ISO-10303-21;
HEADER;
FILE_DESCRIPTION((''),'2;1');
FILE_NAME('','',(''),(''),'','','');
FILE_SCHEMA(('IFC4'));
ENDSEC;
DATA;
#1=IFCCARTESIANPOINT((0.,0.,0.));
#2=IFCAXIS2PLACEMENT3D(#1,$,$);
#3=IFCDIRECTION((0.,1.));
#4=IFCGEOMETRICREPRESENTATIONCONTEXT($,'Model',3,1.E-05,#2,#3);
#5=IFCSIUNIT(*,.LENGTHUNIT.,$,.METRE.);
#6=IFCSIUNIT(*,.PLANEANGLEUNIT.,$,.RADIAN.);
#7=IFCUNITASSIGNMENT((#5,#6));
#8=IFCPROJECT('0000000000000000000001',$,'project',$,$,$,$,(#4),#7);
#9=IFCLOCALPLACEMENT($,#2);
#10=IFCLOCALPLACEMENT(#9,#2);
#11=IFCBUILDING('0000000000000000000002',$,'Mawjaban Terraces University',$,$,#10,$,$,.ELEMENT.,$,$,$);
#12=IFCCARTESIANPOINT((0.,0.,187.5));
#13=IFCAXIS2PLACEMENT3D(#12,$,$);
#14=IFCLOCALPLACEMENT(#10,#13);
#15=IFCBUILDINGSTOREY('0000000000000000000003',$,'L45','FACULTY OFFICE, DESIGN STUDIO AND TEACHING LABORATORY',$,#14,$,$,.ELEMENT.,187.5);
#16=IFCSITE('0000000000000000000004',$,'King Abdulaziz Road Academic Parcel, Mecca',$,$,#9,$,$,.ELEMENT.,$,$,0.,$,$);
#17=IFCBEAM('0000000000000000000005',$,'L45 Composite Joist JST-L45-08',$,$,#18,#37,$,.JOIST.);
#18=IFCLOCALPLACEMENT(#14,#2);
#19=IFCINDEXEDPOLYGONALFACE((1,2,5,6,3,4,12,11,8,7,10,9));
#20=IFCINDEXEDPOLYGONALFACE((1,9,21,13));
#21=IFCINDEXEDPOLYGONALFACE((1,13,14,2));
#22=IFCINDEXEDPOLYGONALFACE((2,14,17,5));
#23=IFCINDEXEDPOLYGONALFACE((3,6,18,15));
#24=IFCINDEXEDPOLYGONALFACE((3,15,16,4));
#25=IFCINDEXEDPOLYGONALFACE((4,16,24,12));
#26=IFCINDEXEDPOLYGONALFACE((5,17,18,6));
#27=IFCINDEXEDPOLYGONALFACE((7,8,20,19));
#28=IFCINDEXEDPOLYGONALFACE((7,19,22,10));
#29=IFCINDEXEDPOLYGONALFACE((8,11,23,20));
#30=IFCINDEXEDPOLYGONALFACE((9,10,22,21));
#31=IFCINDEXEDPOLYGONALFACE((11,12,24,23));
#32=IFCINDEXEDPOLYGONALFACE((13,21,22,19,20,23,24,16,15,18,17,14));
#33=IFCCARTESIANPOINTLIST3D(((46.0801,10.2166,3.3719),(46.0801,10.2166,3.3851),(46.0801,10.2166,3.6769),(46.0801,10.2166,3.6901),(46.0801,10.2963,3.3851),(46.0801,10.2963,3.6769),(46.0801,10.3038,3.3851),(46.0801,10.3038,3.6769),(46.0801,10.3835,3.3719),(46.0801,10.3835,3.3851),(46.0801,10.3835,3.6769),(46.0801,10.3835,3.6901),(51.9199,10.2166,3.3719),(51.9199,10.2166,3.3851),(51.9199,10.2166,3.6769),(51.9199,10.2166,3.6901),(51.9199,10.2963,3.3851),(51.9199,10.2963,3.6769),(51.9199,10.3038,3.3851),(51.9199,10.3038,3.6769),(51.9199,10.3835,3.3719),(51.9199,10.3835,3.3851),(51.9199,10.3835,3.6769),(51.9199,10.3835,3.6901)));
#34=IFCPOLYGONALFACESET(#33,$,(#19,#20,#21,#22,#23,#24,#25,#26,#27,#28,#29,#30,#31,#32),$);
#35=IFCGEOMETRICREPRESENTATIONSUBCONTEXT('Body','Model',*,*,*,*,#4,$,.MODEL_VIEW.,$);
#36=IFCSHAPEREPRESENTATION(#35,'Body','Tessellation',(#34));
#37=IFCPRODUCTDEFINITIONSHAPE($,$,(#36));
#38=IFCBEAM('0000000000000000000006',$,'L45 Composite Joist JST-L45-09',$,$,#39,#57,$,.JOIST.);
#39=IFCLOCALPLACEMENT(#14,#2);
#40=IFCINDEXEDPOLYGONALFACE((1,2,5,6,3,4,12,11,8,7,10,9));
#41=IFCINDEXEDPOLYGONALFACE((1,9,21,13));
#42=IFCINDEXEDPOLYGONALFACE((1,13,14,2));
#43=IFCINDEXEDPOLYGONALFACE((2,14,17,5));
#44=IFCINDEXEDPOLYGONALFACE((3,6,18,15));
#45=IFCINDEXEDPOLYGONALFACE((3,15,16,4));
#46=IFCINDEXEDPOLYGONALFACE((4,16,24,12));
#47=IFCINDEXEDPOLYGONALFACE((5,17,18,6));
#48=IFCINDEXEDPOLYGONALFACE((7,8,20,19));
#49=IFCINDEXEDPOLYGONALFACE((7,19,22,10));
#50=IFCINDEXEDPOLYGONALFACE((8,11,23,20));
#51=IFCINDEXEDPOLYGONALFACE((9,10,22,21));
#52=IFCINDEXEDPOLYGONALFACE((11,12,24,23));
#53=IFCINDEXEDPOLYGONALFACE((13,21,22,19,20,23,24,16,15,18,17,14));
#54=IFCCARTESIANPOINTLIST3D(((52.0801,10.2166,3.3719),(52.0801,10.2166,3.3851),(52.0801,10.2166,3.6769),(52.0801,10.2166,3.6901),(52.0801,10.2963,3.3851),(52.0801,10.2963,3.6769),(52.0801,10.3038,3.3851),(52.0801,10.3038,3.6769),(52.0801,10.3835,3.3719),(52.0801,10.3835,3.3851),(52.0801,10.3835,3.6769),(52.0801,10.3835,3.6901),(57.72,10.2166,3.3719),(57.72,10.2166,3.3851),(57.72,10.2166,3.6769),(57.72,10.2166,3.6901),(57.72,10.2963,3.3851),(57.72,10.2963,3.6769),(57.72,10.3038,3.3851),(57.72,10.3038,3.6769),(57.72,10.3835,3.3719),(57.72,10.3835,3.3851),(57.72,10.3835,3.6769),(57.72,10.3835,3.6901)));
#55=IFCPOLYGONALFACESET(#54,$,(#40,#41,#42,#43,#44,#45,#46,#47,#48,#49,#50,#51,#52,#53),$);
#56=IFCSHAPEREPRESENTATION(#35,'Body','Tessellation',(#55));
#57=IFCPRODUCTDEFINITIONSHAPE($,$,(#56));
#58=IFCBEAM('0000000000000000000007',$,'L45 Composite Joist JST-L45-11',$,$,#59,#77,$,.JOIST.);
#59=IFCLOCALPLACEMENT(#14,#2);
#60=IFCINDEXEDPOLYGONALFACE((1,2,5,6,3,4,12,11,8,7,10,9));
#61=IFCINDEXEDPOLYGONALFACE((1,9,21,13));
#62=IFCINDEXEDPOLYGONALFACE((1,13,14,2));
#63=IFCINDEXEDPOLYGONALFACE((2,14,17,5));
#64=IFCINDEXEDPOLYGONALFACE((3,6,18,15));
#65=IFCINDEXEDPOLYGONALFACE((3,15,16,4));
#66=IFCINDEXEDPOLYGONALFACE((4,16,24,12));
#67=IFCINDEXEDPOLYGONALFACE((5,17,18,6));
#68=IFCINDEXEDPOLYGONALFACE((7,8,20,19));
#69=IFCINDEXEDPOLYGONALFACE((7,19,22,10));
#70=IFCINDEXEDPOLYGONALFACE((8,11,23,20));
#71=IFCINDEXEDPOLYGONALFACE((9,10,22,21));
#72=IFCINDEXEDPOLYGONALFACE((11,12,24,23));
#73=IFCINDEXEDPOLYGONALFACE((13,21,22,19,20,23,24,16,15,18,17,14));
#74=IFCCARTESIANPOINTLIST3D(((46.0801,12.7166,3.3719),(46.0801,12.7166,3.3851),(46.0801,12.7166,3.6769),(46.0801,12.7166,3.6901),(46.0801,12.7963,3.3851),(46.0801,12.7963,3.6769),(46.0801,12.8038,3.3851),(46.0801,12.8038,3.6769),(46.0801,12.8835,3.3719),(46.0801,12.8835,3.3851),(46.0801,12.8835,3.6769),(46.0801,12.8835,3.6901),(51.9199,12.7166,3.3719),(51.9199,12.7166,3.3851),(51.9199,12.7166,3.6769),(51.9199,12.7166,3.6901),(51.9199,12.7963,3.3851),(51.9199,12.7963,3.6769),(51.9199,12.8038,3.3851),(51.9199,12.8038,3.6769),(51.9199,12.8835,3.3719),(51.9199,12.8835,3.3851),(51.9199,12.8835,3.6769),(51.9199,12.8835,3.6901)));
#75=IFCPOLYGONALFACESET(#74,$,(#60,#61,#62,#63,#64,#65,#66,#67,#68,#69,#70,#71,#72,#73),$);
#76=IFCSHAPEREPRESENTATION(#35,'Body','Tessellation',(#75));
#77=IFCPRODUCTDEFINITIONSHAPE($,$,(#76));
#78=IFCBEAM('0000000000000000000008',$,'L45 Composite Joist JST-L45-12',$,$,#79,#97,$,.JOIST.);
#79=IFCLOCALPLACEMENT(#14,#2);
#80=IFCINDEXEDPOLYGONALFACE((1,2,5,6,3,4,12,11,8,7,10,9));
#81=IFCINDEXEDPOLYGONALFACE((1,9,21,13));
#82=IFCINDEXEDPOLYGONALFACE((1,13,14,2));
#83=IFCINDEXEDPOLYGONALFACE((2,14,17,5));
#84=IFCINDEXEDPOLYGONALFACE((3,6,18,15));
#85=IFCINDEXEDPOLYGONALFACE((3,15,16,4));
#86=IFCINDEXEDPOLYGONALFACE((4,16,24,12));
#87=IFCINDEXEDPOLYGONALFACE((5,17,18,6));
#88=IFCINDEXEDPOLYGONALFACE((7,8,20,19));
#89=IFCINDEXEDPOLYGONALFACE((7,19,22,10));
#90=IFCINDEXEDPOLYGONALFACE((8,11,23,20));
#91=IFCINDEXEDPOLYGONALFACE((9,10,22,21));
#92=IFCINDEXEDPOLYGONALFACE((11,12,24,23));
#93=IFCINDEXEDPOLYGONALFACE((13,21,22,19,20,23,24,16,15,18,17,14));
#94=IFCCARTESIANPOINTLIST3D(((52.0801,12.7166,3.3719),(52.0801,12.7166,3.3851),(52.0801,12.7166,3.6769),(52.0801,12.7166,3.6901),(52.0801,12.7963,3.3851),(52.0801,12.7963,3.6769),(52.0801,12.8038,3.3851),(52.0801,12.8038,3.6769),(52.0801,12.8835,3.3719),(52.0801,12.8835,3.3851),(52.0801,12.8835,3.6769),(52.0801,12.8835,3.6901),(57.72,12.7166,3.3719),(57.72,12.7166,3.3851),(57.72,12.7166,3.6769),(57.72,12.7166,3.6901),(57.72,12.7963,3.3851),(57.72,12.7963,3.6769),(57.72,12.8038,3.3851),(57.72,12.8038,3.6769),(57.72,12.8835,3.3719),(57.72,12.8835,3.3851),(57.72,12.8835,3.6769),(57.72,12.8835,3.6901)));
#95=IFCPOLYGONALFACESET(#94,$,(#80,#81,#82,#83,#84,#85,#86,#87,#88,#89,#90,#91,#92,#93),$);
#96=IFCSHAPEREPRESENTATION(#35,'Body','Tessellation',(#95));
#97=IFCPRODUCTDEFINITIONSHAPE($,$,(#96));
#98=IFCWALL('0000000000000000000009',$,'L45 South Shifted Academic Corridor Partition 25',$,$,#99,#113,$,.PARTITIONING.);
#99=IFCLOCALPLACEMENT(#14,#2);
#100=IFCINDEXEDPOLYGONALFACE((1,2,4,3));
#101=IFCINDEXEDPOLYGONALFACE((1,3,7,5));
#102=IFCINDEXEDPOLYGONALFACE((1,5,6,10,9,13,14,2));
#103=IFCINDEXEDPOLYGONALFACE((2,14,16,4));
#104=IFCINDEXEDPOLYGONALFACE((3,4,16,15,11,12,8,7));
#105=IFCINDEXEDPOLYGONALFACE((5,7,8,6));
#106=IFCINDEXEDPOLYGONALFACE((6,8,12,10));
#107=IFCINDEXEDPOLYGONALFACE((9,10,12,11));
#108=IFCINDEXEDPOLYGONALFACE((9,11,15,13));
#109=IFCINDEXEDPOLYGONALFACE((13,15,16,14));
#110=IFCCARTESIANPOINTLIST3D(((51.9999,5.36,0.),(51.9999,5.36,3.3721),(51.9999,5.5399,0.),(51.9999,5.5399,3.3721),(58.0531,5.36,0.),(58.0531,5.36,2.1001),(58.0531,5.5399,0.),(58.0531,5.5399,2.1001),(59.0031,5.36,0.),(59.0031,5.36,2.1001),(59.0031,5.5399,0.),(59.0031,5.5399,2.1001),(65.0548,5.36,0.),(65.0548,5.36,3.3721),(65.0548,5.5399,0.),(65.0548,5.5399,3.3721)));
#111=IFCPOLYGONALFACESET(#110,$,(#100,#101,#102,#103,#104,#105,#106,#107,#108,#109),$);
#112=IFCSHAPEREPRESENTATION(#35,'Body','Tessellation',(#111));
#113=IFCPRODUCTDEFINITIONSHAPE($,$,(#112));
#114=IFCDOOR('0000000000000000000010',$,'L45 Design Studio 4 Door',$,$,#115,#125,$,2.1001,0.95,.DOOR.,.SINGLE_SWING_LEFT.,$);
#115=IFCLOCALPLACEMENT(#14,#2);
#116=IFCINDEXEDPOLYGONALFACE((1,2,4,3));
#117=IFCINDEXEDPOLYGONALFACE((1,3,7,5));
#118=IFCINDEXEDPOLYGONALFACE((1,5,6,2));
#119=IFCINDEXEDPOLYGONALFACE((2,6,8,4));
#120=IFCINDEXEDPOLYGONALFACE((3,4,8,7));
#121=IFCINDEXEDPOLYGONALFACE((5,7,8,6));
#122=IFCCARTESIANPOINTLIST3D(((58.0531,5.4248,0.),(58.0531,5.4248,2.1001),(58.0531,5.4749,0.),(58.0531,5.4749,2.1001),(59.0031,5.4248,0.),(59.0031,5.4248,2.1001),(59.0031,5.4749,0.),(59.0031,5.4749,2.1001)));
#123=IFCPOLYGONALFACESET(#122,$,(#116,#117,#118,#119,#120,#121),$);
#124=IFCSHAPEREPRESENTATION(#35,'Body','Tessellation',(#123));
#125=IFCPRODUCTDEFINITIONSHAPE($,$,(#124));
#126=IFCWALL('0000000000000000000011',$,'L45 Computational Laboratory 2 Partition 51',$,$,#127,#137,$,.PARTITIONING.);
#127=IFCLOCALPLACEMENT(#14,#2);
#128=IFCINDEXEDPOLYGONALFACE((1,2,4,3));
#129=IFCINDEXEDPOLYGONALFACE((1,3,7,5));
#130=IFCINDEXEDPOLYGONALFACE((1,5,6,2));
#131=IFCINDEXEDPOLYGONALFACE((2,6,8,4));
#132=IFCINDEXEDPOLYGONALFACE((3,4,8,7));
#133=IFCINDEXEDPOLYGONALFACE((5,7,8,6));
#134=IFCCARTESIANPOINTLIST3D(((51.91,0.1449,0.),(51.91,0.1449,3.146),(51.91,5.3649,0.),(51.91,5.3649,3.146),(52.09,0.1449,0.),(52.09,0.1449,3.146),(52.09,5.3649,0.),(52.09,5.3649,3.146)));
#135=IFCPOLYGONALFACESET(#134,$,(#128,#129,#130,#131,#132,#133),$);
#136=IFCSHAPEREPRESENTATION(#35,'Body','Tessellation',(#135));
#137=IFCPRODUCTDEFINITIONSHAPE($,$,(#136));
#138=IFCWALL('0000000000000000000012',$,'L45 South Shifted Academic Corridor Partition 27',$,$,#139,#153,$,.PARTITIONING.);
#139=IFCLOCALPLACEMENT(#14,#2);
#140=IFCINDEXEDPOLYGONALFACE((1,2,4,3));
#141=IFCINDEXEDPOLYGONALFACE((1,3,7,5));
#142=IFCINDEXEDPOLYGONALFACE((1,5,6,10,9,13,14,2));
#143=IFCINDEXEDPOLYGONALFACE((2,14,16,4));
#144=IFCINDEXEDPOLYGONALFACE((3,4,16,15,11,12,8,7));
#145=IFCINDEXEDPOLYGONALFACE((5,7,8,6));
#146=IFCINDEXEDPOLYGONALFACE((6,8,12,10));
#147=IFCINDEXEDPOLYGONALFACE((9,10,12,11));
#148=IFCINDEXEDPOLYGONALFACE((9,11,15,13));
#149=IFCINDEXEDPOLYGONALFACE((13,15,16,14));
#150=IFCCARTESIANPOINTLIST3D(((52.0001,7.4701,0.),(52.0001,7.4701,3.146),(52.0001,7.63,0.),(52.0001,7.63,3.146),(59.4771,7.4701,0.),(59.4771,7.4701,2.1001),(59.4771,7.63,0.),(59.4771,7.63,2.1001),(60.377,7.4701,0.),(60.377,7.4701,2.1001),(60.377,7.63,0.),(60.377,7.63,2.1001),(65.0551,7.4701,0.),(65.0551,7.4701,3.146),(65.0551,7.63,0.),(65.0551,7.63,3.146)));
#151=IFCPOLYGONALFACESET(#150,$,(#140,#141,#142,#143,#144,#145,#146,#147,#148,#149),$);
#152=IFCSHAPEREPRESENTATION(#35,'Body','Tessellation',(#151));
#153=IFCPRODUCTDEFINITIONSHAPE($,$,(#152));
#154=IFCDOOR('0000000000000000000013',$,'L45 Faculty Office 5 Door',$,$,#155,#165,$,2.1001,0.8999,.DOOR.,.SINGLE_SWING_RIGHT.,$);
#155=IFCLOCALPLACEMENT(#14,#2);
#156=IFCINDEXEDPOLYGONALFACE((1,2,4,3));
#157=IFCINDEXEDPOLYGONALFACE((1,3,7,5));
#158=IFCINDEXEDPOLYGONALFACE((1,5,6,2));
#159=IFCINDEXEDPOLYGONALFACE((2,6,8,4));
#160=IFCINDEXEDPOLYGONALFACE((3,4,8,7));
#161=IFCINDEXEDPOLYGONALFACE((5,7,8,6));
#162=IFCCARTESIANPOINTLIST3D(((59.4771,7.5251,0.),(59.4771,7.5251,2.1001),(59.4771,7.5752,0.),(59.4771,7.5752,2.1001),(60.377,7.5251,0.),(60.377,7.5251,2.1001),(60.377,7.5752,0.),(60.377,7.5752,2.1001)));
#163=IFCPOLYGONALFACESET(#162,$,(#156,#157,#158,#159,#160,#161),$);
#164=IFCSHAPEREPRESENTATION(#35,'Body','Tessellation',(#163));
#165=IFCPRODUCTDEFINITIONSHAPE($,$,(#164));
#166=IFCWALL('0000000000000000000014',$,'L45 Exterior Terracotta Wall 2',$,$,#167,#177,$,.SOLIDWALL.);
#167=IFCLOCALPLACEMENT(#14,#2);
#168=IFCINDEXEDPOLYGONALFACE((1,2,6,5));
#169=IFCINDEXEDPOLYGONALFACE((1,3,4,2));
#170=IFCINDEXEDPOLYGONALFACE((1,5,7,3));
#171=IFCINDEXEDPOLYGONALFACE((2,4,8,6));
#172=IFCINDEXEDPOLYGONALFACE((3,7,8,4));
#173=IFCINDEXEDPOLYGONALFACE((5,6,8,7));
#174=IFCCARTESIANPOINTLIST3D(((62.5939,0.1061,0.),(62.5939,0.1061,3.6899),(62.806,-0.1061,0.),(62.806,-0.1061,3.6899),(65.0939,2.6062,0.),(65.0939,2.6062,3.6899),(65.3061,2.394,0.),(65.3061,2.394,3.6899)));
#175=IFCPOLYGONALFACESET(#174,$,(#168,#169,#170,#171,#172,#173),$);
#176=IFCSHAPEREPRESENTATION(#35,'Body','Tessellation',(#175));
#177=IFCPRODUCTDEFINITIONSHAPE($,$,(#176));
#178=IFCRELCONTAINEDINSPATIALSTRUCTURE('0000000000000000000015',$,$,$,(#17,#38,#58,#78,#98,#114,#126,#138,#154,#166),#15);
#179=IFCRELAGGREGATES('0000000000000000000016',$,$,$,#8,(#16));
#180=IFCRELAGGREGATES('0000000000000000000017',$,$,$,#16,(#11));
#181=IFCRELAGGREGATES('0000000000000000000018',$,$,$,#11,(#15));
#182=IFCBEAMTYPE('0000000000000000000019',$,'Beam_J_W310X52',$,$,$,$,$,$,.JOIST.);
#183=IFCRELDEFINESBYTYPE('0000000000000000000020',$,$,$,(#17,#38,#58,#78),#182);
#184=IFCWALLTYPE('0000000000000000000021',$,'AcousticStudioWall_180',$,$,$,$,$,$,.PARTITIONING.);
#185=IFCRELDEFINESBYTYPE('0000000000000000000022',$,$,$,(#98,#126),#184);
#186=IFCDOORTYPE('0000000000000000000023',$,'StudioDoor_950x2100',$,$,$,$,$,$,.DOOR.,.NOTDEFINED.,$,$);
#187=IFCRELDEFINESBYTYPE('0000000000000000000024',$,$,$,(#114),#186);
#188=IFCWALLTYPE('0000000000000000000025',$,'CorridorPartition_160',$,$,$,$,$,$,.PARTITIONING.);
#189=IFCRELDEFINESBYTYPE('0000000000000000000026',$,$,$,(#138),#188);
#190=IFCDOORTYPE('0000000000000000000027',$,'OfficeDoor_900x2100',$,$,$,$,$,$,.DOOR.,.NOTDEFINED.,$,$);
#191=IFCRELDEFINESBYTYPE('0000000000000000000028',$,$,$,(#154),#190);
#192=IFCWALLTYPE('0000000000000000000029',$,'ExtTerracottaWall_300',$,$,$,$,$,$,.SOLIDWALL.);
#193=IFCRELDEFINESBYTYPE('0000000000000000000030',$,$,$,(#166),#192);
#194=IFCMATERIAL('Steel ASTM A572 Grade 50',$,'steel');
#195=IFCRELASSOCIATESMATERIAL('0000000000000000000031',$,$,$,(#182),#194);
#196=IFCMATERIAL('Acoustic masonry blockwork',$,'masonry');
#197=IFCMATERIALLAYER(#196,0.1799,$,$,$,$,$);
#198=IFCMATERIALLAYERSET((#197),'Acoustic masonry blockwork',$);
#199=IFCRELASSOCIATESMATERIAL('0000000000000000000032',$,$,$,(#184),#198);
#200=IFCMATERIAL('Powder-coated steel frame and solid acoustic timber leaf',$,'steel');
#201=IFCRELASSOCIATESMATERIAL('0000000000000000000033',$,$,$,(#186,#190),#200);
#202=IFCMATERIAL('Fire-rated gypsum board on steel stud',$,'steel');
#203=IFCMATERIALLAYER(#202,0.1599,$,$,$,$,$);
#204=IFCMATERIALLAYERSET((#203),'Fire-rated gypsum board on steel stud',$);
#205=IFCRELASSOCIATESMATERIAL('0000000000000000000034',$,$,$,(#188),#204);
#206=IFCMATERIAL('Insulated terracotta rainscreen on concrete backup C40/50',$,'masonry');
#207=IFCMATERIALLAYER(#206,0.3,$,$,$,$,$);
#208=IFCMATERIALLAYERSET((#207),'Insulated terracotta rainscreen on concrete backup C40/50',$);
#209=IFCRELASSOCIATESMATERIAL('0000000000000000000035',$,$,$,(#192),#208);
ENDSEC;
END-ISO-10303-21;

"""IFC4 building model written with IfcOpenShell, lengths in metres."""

from ifc_helpers import new_model, si_unit, direction, frame, frame_2d, origin, origin_2d, place, context, subcontext, project, spatial, rectangle, i_section, extrude, material, layer, layer_set, material_profile, profile_set, type_object, element, fill, save


model = new_model("IFC4")

# Units and contexts
model_context = context("Model", 3, precision=1e-05, world=origin(), true_north=direction((0.0, 1.0)))
body_context = subcontext(model_context, "Body", "Model", "MODEL_VIEW")
ifc_project = project(units=[si_unit("LENGTHUNIT", "METRE"), si_unit("PLANEANGLEUNIT", "RADIAN")], contexts=[model_context])

# Site, building, storey
site_placement = place(None, origin())
site = spatial("IfcSite", under=ifc_project, at=site_placement, Name="King Abdulaziz Road Academic Parcel, Mecca", CompositionType="ELEMENT", RefElevation=0.0)
building_placement = place(site_placement, origin())
building = spatial("IfcBuilding", under=site, at=building_placement, Name="Mawjaban Terraces University", CompositionType="ELEMENT")
storey_placement = place(building_placement, frame((0.0, 0.0, 187.5)))
storey = spatial("IfcBuildingStorey", under=building, at=storey_placement, Name="L45", Description="FACULTY OFFICE, DESIGN STUDIO AND TEACHING LABORATORY", CompositionType="ELEMENT", Elevation=187.5)

# Beams
ifc_material_1 = material(Name="Steel ASTM A572 Grade 50", Category="steel")
ifc_material_profile_1 = material_profile(ifc_material_1, i_section(OverallWidth=0.167, OverallDepth=0.3181, WebThickness=0.0076, FlangeThickness=0.0132, at=origin_2d()), Name="W310X52")
ifc_profile_set_1 = profile_set([ifc_material_profile_1], Name="Steel ASTM A572 Grade 50")
beam_type_1 = type_object("IfcBeamType", Name="Beam_J_W310X52", PredefinedType="JOIST", material=ifc_profile_set_1)
beam_1_placement = place(storey_placement, frame((46.0801, 10.3, 3.531), z_axis=(1.0, 0.0, 0.0), x_axis=(0.0, 1.0, 0.0)))
element("IfcBeam", 1, at=beam_1_placement, inside=storey, type_object=beam_type_1, Name="L45 Composite Joist JST-L45-08", PredefinedType="JOIST", context=body_context, shape_type="SweptSolid", body=[
    extrude(i_section(OverallWidth=0.167, OverallDepth=0.3181, WebThickness=0.0076, FlangeThickness=0.0132, at=origin_2d()), origin(), (0.0, 0.0, 1.0), 5.8398),
])
beam_2_placement = place(storey_placement, frame((52.0801, 10.3, 3.531), z_axis=(1.0, 0.0, 0.0), x_axis=(0.0, 1.0, 0.0)))
element("IfcBeam", 2, at=beam_2_placement, inside=storey, type_object=beam_type_1, Name="L45 Composite Joist JST-L45-09", PredefinedType="JOIST", context=body_context, shape_type="SweptSolid", body=[
    extrude(i_section(OverallWidth=0.167, OverallDepth=0.3181, WebThickness=0.0076, FlangeThickness=0.0132, at=origin_2d()), origin(), (0.0, 0.0, 1.0), 5.6399),
])
beam_3_placement = place(storey_placement, frame((46.0801, 12.8, 3.531), z_axis=(1.0, 0.0, 0.0), x_axis=(0.0, 1.0, 0.0)))
element("IfcBeam", 3, at=beam_3_placement, inside=storey, type_object=beam_type_1, Name="L45 Composite Joist JST-L45-11", PredefinedType="JOIST", context=body_context, shape_type="SweptSolid", body=[
    extrude(i_section(OverallWidth=0.167, OverallDepth=0.3181, WebThickness=0.0076, FlangeThickness=0.0132, at=origin_2d()), origin(), (0.0, 0.0, 1.0), 5.8398),
])
beam_4_placement = place(storey_placement, frame((52.0801, 12.8, 3.531), z_axis=(1.0, 0.0, 0.0), x_axis=(0.0, 1.0, 0.0)))
element("IfcBeam", 4, at=beam_4_placement, inside=storey, type_object=beam_type_1, Name="L45 Composite Joist JST-L45-12", PredefinedType="JOIST", context=body_context, shape_type="SweptSolid", body=[
    extrude(i_section(OverallWidth=0.167, OverallDepth=0.3181, WebThickness=0.0076, FlangeThickness=0.0132, at=origin_2d()), origin(), (0.0, 0.0, 1.0), 5.6399),
])

# Wall, opening, door
ifc_material_2 = material(Name="Acoustic masonry blockwork", Category="masonry")
ifc_layer_1 = layer(ifc_material_2, 0.1799)
ifc_layer_set_1 = layer_set([ifc_layer_1], Name="Acoustic masonry blockwork")
wall_type_1 = type_object("IfcWallType", Name="AcousticStudioWall_180", PredefinedType="PARTITIONING", material=ifc_layer_set_1)
wall_1_placement = place(storey_placement, frame((52.0, 5.45, 0.0), z_axis=(0.0, 0.0, 1.0), x_axis=(1.0, 0.0, 0.0)))
wall_1 = element("IfcWall", 5, at=wall_1_placement, inside=storey, type_object=wall_type_1, Name="L45 South Shifted Academic Corridor Partition 25", PredefinedType="PARTITIONING", context=body_context, shape_type="SweptSolid", body=[
    extrude(rectangle(XDim=13.0549, YDim=0.1799, at=frame_2d((6.5273, 0.0))), origin(), (0.0, 0.0, 1.0), 3.3721),
])
opening_1_placement = place(wall_1_placement, frame((6.053, 0.0, 0.0)))
opening_1 = element("IfcOpeningElement", 6, at=opening_1_placement, cuts=wall_1, PredefinedType="OPENING", context=body_context, shape_type="SweptSolid", body=[
    extrude(rectangle(XDim=0.95, YDim=2.1001, at=frame_2d((0.4751, 1.05))), frame((0.0, 0.0999, 0.0), z_axis=(0.0, -1.0, 0.0), x_axis=(1.0, 0.0, 0.0)), (0.0, 0.0, 1.0), 0.2),
])
ifc_material_3 = material(Name="Powder-coated steel frame and solid acoustic timber leaf", Category="steel")
door_type_1 = type_object("IfcDoorType", Name="StudioDoor_950x2100", OperationType="NOTDEFINED", PredefinedType="DOOR", material=ifc_material_3)
door_1_placement = place(opening_1_placement, origin())
door_1 = element("IfcDoor", 7, at=door_1_placement, inside=storey, type_object=door_type_1, Name="L45 Design Studio 4 Door", OperationType="SINGLE_SWING_LEFT", OverallHeight=2.1001, OverallWidth=0.95, PredefinedType="DOOR", context=body_context, shape_type="SweptSolid", body=[
    extrude(rectangle(XDim=0.95, YDim=2.1001, at=frame_2d((0.4751, 1.05))), frame((0.0, 0.0249, 0.0), z_axis=(0.0, -1.0, 0.0), x_axis=(1.0, 0.0, 0.0)), (0.0, 0.0, 1.0), 0.05),
])
fill(opening_1, door_1)

# Wall
wall_2_placement = place(storey_placement, frame((52.0, 0.145, 0.0), z_axis=(0.0, 0.0, 1.0), x_axis=(0.0, 1.0, 0.0)))
element("IfcWall", 8, at=wall_2_placement, inside=storey, type_object=wall_type_1, Name="L45 Computational Laboratory 2 Partition 51", PredefinedType="PARTITIONING", context=body_context, shape_type="SweptSolid", body=[
    extrude(rectangle(XDim=5.22, YDim=0.1799, at=frame_2d((2.6099, 0.0))), origin(), (0.0, 0.0, 1.0), 3.146),
])

# Wall, opening, door
ifc_material_4 = material(Name="Fire-rated gypsum board on steel stud", Category="steel")
ifc_layer_2 = layer(ifc_material_4, 0.1599)
ifc_layer_set_2 = layer_set([ifc_layer_2], Name="Fire-rated gypsum board on steel stud")
wall_type_2 = type_object("IfcWallType", Name="CorridorPartition_160", PredefinedType="PARTITIONING", material=ifc_layer_set_2)
wall_3_placement = place(storey_placement, frame((65.0549, 7.55, 0.0), z_axis=(0.0, 0.0, 1.0), x_axis=(-1.0, 0.0, 0.0)))
wall_3 = element("IfcWall", 9, at=wall_3_placement, inside=storey, type_object=wall_type_2, Name="L45 South Shifted Academic Corridor Partition 27", PredefinedType="PARTITIONING", context=body_context, shape_type="SweptSolid", body=[
    extrude(rectangle(XDim=13.0549, YDim=0.1599, at=frame_2d((6.5273, 0.0))), origin(), (0.0, 0.0, 1.0), 3.146),
])
opening_2_placement = place(wall_3_placement, frame((4.678, 0.0, 0.0)))
opening_2 = element("IfcOpeningElement", 10, at=opening_2_placement, cuts=wall_3, PredefinedType="OPENING", context=body_context, shape_type="SweptSolid", body=[
    extrude(rectangle(XDim=0.8999, YDim=2.1001, at=frame_2d((0.45, 1.05))), frame((0.0, 0.0898, 0.0), z_axis=(0.0, -1.0, 0.0), x_axis=(1.0, 0.0, 0.0)), (0.0, 0.0, 1.0), 0.1799),
])
door_type_2 = type_object("IfcDoorType", Name="OfficeDoor_900x2100", OperationType="NOTDEFINED", PredefinedType="DOOR", material=ifc_material_3)
door_2_placement = place(opening_2_placement, origin())
door_2 = element("IfcDoor", 11, at=door_2_placement, inside=storey, type_object=door_type_2, Name="L45 Faculty Office 5 Door", OperationType="SINGLE_SWING_RIGHT", OverallHeight=2.1001, OverallWidth=0.8999, PredefinedType="DOOR", context=body_context, shape_type="SweptSolid", body=[
    extrude(rectangle(XDim=0.8999, YDim=2.1001, at=frame_2d((0.45, 1.05))), frame((0.0, 0.0249, 0.0), z_axis=(0.0, -1.0, 0.0), x_axis=(1.0, 0.0, 0.0)), (0.0, 0.0, 1.0), 0.05),
])
fill(opening_2, door_2)

# Wall
ifc_material_5 = material(Name="Insulated terracotta rainscreen on concrete backup C40/50", Category="masonry")
ifc_layer_3 = layer(ifc_material_5, 0.3)
ifc_layer_set_3 = layer_set([ifc_layer_3], Name="Insulated terracotta rainscreen on concrete backup C40/50")
wall_type_3 = type_object("IfcWallType", Name="ExtTerracottaWall_300", PredefinedType="SOLIDWALL", material=ifc_layer_set_3)
wall_4_placement = place(storey_placement, frame((62.7, 0.0, 0.0), z_axis=(0.0, 0.0, 1.0), x_axis=(0.707107, 0.707107, 0.0)))
element("IfcWall", 12, at=wall_4_placement, inside=storey, type_object=wall_type_3, Name="L45 Exterior Terracotta Wall 2", PredefinedType="SOLIDWALL", context=body_context, shape_type="SweptSolid", body=[
    extrude(rectangle(XDim=3.5356, YDim=0.3, at=frame_2d((1.7678, 0.0))), origin(), (0.0, 0.0, 1.0), 3.6899),
])

save(model, "model.ifc")
